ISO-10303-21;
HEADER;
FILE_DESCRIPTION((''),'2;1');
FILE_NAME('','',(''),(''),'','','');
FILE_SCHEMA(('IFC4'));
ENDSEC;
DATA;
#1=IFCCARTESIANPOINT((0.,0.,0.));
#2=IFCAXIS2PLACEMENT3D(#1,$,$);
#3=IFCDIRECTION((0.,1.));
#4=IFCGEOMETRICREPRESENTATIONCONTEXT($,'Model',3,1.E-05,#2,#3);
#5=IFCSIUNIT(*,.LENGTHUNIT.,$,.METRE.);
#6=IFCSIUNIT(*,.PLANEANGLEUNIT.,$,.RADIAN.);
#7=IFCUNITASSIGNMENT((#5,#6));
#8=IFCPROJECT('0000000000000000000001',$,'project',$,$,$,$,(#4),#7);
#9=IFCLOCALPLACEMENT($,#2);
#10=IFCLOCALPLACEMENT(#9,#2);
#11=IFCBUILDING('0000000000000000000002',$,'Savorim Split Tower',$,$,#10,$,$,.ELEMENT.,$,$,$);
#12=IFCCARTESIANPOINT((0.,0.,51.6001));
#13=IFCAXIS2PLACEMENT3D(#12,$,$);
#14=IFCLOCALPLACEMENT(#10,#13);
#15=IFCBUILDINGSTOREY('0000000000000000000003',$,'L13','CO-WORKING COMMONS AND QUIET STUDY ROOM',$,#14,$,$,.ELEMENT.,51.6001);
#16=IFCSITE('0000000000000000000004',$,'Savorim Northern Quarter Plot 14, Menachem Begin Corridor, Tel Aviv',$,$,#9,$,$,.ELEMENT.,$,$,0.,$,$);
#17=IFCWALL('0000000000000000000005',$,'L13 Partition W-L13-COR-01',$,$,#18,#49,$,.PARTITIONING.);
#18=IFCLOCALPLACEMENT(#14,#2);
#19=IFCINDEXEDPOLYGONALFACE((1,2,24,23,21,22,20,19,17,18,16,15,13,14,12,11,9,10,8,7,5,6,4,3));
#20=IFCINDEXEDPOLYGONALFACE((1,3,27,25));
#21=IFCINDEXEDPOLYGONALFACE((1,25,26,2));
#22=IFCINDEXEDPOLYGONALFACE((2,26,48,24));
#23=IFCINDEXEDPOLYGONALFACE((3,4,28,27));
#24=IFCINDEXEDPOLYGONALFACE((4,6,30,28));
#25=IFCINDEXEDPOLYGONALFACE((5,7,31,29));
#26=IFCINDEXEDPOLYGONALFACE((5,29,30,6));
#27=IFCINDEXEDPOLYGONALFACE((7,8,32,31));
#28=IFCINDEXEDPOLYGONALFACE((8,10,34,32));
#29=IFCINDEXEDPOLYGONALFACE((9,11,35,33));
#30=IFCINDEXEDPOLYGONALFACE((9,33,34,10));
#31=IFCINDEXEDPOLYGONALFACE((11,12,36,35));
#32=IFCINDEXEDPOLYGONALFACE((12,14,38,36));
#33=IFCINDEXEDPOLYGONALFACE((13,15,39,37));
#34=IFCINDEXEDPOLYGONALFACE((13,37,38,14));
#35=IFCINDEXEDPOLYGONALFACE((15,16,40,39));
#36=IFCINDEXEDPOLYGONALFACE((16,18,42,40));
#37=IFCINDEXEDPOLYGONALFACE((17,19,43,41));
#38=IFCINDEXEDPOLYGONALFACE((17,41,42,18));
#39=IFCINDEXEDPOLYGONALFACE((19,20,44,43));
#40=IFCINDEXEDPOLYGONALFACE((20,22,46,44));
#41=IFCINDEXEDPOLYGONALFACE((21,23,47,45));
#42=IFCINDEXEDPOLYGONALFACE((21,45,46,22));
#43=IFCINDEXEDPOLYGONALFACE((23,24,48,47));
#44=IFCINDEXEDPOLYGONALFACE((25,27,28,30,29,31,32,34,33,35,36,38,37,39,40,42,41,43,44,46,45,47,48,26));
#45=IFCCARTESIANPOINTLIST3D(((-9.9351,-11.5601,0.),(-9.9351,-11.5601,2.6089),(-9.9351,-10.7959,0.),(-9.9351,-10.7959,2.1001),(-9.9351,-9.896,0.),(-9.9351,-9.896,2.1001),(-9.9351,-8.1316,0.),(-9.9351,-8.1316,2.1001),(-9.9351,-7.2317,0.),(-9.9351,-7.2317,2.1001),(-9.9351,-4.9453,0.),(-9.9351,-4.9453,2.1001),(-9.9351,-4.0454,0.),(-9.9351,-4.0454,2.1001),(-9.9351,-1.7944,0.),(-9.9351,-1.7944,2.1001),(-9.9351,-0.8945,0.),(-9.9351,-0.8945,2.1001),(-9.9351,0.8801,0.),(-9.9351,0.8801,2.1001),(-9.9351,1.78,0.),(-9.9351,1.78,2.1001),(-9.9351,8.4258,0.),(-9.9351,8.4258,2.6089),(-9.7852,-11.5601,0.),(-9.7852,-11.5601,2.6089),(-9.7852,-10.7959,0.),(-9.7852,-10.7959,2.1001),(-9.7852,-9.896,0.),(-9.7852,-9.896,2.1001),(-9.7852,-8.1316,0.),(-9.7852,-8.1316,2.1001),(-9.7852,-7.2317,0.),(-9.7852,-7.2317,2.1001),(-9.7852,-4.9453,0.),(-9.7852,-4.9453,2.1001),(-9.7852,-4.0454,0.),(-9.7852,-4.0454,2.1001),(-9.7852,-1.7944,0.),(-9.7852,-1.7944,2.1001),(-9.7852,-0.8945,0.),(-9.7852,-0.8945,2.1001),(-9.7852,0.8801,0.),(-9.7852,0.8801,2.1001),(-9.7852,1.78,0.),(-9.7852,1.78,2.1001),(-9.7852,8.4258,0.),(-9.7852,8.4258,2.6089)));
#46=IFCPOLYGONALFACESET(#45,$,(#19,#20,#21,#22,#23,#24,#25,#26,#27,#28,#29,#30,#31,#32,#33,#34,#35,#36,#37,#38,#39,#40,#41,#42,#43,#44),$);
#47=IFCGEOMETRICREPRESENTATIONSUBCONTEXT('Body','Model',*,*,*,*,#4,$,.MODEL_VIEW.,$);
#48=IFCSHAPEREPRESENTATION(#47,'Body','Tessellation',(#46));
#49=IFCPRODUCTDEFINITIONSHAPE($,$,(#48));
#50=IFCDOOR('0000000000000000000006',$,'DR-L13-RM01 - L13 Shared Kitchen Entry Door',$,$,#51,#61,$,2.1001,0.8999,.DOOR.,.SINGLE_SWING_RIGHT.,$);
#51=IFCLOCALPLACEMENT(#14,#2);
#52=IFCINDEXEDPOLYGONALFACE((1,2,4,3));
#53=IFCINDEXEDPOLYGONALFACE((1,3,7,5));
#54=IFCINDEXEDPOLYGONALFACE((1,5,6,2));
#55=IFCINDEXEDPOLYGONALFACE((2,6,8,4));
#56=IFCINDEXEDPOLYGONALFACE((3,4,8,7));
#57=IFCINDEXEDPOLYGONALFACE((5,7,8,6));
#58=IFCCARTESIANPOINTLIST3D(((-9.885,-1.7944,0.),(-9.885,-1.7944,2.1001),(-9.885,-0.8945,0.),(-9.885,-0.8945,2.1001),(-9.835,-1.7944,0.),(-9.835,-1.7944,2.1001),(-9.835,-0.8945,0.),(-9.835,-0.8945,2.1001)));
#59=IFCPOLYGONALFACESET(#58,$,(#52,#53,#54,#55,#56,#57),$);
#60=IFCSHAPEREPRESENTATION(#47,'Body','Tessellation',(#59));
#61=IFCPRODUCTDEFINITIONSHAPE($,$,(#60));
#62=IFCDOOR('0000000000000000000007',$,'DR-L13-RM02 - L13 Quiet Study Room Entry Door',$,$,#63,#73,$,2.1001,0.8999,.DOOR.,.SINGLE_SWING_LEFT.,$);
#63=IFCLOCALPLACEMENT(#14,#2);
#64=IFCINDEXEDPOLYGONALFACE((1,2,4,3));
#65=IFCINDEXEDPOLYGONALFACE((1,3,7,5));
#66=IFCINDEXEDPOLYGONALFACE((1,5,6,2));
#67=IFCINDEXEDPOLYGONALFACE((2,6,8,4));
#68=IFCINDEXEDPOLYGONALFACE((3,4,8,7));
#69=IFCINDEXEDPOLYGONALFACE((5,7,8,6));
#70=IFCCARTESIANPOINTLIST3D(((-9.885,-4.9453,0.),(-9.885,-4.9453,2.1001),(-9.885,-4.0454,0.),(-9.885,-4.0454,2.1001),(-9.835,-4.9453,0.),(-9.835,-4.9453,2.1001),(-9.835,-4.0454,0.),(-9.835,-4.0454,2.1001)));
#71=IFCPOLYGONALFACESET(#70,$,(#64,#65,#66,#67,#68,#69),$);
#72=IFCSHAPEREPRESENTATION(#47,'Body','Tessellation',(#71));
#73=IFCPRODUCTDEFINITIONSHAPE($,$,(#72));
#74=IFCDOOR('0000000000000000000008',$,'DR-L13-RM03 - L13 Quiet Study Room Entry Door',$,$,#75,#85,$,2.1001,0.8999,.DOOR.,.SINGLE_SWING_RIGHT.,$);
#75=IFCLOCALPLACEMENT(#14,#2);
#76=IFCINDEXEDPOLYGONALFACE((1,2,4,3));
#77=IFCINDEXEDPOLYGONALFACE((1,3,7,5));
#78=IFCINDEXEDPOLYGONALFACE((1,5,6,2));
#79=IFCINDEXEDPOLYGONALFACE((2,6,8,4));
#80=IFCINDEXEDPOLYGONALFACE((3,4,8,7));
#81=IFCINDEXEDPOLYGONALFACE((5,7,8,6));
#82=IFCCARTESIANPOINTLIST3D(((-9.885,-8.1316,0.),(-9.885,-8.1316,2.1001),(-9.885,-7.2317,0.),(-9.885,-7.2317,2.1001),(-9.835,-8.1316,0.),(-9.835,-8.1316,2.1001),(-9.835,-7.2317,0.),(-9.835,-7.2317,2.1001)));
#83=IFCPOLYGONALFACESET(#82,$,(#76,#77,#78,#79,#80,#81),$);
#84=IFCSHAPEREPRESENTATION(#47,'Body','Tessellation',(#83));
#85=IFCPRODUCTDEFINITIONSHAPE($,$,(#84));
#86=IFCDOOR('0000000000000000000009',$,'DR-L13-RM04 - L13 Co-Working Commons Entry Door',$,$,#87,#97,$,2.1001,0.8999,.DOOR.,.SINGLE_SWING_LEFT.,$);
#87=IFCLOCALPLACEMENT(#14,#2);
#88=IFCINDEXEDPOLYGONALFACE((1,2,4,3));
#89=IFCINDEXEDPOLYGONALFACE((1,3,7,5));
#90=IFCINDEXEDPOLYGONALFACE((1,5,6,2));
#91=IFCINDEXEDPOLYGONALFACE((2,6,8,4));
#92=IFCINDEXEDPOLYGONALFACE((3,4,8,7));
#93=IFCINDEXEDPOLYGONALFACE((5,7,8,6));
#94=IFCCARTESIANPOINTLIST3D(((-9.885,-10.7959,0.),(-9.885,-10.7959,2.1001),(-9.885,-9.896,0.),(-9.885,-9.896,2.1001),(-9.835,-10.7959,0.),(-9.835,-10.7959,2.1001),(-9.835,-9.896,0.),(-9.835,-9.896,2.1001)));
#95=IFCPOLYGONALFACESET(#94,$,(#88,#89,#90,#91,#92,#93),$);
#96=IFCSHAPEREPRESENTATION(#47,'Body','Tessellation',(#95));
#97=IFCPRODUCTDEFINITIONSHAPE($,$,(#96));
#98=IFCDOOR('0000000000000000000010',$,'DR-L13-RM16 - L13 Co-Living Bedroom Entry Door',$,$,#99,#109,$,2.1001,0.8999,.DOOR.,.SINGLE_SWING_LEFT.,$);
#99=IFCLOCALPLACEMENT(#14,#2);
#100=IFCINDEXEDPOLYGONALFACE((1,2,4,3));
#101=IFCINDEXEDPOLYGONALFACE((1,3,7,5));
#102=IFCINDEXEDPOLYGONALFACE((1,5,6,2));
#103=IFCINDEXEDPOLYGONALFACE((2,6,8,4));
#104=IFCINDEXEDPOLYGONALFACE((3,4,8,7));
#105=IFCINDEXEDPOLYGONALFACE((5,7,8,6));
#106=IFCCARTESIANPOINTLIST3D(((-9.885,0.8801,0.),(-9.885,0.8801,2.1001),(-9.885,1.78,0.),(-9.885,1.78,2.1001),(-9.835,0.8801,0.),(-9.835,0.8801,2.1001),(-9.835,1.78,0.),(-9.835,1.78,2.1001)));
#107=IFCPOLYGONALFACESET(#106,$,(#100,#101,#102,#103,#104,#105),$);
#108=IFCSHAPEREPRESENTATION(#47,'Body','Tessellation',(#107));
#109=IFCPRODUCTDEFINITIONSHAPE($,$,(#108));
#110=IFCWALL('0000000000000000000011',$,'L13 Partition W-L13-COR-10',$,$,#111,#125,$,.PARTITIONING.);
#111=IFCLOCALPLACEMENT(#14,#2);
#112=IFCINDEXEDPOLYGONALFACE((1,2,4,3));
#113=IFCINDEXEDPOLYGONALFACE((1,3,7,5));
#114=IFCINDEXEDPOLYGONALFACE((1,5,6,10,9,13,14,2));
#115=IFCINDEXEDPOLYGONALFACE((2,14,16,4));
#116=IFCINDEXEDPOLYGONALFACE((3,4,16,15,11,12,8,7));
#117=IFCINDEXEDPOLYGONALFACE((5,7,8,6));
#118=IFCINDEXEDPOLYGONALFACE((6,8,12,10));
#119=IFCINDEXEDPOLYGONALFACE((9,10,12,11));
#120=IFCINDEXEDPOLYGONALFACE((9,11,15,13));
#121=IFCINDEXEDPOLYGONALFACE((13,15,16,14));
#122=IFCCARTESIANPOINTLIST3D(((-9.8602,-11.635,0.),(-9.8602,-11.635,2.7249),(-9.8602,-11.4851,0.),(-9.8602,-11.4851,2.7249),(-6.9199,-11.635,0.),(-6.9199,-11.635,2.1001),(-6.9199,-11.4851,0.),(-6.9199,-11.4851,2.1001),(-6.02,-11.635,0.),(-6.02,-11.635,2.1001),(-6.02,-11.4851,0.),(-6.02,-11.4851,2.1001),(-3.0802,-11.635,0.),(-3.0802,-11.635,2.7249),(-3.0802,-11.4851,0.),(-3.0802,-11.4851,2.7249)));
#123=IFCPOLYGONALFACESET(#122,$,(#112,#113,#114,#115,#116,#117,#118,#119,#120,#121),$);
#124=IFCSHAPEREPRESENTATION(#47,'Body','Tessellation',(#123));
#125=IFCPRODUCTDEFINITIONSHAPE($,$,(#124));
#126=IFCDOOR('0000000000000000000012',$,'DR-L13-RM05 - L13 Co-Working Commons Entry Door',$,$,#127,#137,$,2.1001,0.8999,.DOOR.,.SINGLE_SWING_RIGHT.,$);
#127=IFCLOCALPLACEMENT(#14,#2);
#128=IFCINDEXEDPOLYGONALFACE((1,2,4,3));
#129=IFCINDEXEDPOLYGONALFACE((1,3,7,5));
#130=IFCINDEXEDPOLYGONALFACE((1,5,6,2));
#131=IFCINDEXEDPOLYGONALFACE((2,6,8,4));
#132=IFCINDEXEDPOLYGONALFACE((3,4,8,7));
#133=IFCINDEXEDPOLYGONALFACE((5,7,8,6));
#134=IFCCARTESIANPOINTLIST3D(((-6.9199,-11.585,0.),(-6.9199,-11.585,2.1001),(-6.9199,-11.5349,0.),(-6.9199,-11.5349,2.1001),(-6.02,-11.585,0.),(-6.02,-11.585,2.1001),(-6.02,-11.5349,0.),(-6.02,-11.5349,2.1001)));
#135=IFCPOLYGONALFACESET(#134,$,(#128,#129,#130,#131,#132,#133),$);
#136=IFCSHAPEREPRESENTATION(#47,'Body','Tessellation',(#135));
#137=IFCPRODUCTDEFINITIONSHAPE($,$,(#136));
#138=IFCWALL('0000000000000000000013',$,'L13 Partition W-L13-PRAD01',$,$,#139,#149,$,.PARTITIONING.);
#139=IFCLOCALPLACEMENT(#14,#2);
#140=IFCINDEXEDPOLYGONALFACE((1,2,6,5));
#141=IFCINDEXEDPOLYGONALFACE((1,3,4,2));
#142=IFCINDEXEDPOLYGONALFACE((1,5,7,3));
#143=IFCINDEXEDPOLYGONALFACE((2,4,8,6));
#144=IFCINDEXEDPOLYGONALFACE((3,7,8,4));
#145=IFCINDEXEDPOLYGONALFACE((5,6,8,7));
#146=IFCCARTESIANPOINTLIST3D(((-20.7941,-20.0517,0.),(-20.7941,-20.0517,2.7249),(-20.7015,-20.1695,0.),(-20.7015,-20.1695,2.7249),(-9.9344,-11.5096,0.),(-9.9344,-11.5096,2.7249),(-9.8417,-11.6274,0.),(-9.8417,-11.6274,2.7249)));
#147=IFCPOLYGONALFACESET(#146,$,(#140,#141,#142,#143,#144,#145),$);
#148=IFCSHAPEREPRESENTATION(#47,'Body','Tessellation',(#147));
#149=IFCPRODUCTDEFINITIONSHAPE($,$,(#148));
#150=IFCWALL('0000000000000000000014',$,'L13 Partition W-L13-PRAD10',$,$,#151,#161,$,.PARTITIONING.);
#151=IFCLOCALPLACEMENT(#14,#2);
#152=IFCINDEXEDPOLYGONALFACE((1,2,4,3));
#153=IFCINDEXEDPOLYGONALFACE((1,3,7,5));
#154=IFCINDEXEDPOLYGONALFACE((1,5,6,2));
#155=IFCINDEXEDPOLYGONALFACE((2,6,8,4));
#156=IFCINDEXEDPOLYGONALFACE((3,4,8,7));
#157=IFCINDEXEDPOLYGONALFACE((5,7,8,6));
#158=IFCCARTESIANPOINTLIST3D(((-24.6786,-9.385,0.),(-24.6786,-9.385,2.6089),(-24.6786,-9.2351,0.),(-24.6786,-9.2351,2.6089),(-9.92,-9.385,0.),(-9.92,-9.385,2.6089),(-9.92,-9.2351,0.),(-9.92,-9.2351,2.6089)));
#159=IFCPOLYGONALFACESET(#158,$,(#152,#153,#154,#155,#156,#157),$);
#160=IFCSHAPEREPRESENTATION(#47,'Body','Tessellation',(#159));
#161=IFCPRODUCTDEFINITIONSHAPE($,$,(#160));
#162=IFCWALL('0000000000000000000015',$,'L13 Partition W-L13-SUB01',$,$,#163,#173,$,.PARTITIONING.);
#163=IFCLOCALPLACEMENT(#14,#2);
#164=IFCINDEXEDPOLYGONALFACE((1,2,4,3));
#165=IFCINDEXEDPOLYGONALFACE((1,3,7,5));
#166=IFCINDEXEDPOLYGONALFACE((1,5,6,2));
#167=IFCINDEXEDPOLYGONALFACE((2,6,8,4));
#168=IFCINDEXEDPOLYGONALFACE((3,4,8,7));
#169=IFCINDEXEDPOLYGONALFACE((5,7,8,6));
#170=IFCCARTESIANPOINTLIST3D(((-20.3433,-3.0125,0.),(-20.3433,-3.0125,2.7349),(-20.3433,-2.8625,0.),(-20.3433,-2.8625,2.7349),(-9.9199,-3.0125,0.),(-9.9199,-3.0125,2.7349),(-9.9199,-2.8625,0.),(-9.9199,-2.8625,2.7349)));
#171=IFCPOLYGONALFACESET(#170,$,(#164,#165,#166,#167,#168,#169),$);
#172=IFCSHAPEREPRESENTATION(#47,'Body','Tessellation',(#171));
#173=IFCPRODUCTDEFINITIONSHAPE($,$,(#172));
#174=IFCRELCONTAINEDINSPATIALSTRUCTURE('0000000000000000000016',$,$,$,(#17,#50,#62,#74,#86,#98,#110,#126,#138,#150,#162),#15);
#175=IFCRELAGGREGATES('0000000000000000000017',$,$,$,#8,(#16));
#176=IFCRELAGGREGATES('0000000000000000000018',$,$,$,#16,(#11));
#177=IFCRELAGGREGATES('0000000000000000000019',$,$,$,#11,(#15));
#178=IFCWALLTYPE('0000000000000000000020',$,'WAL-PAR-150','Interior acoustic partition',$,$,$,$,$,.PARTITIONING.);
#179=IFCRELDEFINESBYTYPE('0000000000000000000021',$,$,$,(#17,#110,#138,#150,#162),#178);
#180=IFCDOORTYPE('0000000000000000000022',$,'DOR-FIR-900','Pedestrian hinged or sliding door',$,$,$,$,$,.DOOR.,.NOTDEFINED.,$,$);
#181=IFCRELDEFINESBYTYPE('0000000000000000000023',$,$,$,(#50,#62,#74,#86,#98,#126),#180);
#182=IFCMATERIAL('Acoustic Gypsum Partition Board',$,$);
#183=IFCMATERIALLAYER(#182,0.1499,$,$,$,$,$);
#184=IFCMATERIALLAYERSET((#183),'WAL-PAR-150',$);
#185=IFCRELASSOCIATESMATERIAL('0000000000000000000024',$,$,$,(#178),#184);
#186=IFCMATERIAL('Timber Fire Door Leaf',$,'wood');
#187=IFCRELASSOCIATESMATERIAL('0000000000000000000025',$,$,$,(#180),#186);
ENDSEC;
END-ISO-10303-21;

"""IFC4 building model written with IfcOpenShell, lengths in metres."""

from ifc_helpers import new_model, si_unit, direction, frame, frame_2d, origin, place, context, subcontext, project, spatial, rectangle, extrude, material, layer, layer_set, type_object, element, fill, save


model = new_model("IFC4")

# Units and contexts
model_context = context("Model", 3, precision=1e-05, world=origin(), true_north=direction((0.0, 1.0)))
body_context = subcontext(model_context, "Body", "Model", "MODEL_VIEW")
ifc_project = project(units=[si_unit("LENGTHUNIT", "METRE"), si_unit("PLANEANGLEUNIT", "RADIAN")], contexts=[model_context])

# Site, building, storey
site_placement = place(None, origin())
site = spatial("IfcSite", under=ifc_project, at=site_placement, Name="Savorim Northern Quarter Plot 14, Menachem Begin Corridor, Tel Aviv", CompositionType="ELEMENT", RefElevation=0.0)
building_placement = place(site_placement, origin())
building = spatial("IfcBuilding", under=site, at=building_placement, Name="Savorim Split Tower", CompositionType="ELEMENT")
storey_placement = place(building_placement, frame((0.0, 0.0, 51.6001)))
storey = spatial("IfcBuildingStorey", under=building, at=storey_placement, Name="L13", Description="CO-WORKING COMMONS AND QUIET STUDY ROOM", CompositionType="ELEMENT", Elevation=51.6001)

# Shared definitions
ifc_material_1 = material(Name="Timber Fire Door Leaf", Category="wood")

# Shared definitions
ifc_material_2 = material(Name="Acoustic Gypsum Partition Board")
ifc_layer_1 = layer(ifc_material_2, 0.1499)
ifc_layer_set_1 = layer_set([ifc_layer_1], Name="WAL-PAR-150")
wall_type_1 = type_object("IfcWallType", Name="WAL-PAR-150", Description="Interior acoustic partition", PredefinedType="PARTITIONING", material=ifc_layer_set_1)

# Wall, openings, doors
wall_1_placement = place(storey_placement, frame((-9.8601, -11.5601, 0.0), z_axis=(0.0, 0.0, 1.0), x_axis=(0.0, 1.0, 0.0)))
wall_1 = element("IfcWall", 1, at=wall_1_placement, inside=storey, type_object=wall_type_1, Name="L13 Partition W-L13-COR-01", PredefinedType="PARTITIONING", context=body_context, shape_type="SweptSolid", body=[
    extrude(rectangle(XDim=19.9858, YDim=0.1499, at=frame_2d((9.9929, 0.0))), origin(), (0.0, 0.0, 1.0), 2.6089),
])
opening_1_placement = place(wall_1_placement, frame((9.7656, 0.0, 0.0)))
opening_1 = element("IfcOpeningElement", 2, at=opening_1_placement, cuts=wall_1, PredefinedType="OPENING", context=body_context, shape_type="SweptSolid", body=[
    extrude(rectangle(XDim=0.8999, YDim=2.1001, at=frame_2d((0.45, 1.05))), frame((0.0, 0.085, 0.0), z_axis=(0.0, -1.0, 0.0), x_axis=(1.0, 0.0, 0.0)), (0.0, 0.0, 1.0), 0.1699),
])
opening_2_placement = place(wall_1_placement, frame((6.6147, 0.0, 0.0)))
opening_2 = element("IfcOpeningElement", 3, at=opening_2_placement, cuts=wall_1, PredefinedType="OPENING", context=body_context, shape_type="SweptSolid", body=[
    extrude(rectangle(XDim=0.8999, YDim=2.1001, at=frame_2d((0.45, 1.05))), frame((0.0, 0.085, 0.0), z_axis=(0.0, -1.0, 0.0), x_axis=(1.0, 0.0, 0.0)), (0.0, 0.0, 1.0), 0.1699),
])
opening_3_placement = place(wall_1_placement, frame((3.4285, 0.0, 0.0)))
opening_3 = element("IfcOpeningElement", 4, at=opening_3_placement, cuts=wall_1, PredefinedType="OPENING", context=body_context, shape_type="SweptSolid", body=[
    extrude(rectangle(XDim=0.8999, YDim=2.1001, at=frame_2d((0.45, 1.05))), frame((0.0, 0.085, 0.0), z_axis=(0.0, -1.0, 0.0), x_axis=(1.0, 0.0, 0.0)), (0.0, 0.0, 1.0), 0.1699),
])
opening_4_placement = place(wall_1_placement, frame((0.7642, 0.0, 0.0)))
opening_4 = element("IfcOpeningElement", 5, at=opening_4_placement, cuts=wall_1, PredefinedType="OPENING", context=body_context, shape_type="SweptSolid", body=[
    extrude(rectangle(XDim=0.8999, YDim=2.1001, at=frame_2d((0.45, 1.05))), frame((0.0, 0.085, 0.0), z_axis=(0.0, -1.0, 0.0), x_axis=(1.0, 0.0, 0.0)), (0.0, 0.0, 1.0), 0.1699),
])
opening_5_placement = place(wall_1_placement, frame((12.4402, 0.0, 0.0)))
opening_5 = element("IfcOpeningElement", 6, at=opening_5_placement, cuts=wall_1, PredefinedType="OPENING", context=body_context, shape_type="SweptSolid", body=[
    extrude(rectangle(XDim=0.8999, YDim=2.1001, at=frame_2d((0.45, 1.05))), frame((0.0, 0.085, 0.0), z_axis=(0.0, -1.0, 0.0), x_axis=(1.0, 0.0, 0.0)), (0.0, 0.0, 1.0), 0.1699),
])
door_type_1 = type_object("IfcDoorType", Name="DOR-FIR-900", Description="Pedestrian hinged or sliding door", OperationType="NOTDEFINED", PredefinedType="DOOR", material=ifc_material_1)
door_1_placement = place(opening_1_placement, origin())
door_1 = element("IfcDoor", 7, at=door_1_placement, inside=storey, type_object=door_type_1, Name="DR-L13-RM01 - L13 Shared Kitchen Entry Door", OperationType="SINGLE_SWING_RIGHT", OverallHeight=2.1001, OverallWidth=0.8999, PredefinedType="DOOR", context=body_context, shape_type="SweptSolid", body=[
    extrude(rectangle(XDim=0.8999, YDim=2.1001, at=frame_2d((0.45, 1.05))), frame((0.0, 0.0249, 0.0), z_axis=(0.0, -1.0, 0.0), x_axis=(1.0, 0.0, 0.0)), (0.0, 0.0, 1.0), 0.05),
])
fill(opening_1, door_1)
door_2_placement = place(opening_2_placement, origin())
door_2 = element("IfcDoor", 8, at=door_2_placement, inside=storey, type_object=door_type_1, Name="DR-L13-RM02 - L13 Quiet Study Room Entry Door", OperationType="SINGLE_SWING_LEFT", OverallHeight=2.1001, OverallWidth=0.8999, PredefinedType="DOOR", context=body_context, shape_type="SweptSolid", body=[
    extrude(rectangle(XDim=0.8999, YDim=2.1001, at=frame_2d((0.45, 1.05))), frame((0.0, 0.0249, 0.0), z_axis=(0.0, -1.0, 0.0), x_axis=(1.0, 0.0, 0.0)), (0.0, 0.0, 1.0), 0.05),
])
fill(opening_2, door_2)
door_3_placement = place(opening_3_placement, origin())
door_3 = element("IfcDoor", 9, at=door_3_placement, inside=storey, type_object=door_type_1, Name="DR-L13-RM03 - L13 Quiet Study Room Entry Door", OperationType="SINGLE_SWING_RIGHT", OverallHeight=2.1001, OverallWidth=0.8999, PredefinedType="DOOR", context=body_context, shape_type="SweptSolid", body=[
    extrude(rectangle(XDim=0.8999, YDim=2.1001, at=frame_2d((0.45, 1.05))), frame((0.0, 0.0249, 0.0), z_axis=(0.0, -1.0, 0.0), x_axis=(1.0, 0.0, 0.0)), (0.0, 0.0, 1.0), 0.05),
])
fill(opening_3, door_3)
door_4_placement = place(opening_4_placement, origin())
door_4 = element("IfcDoor", 10, at=door_4_placement, inside=storey, type_object=door_type_1, Name="DR-L13-RM04 - L13 Co-Working Commons Entry Door", OperationType="SINGLE_SWING_LEFT", OverallHeight=2.1001, OverallWidth=0.8999, PredefinedType="DOOR", context=body_context, shape_type="SweptSolid", body=[
    extrude(rectangle(XDim=0.8999, YDim=2.1001, at=frame_2d((0.45, 1.05))), frame((0.0, 0.0249, 0.0), z_axis=(0.0, -1.0, 0.0), x_axis=(1.0, 0.0, 0.0)), (0.0, 0.0, 1.0), 0.05),
])
fill(opening_4, door_4)
door_5_placement = place(opening_5_placement, origin())
door_5 = element("IfcDoor", 11, at=door_5_placement, inside=storey, type_object=door_type_1, Name="DR-L13-RM16 - L13 Co-Living Bedroom Entry Door", OperationType="SINGLE_SWING_LEFT", OverallHeight=2.1001, OverallWidth=0.8999, PredefinedType="DOOR", context=body_context, shape_type="SweptSolid", body=[
    extrude(rectangle(XDim=0.8999, YDim=2.1001, at=frame_2d((0.45, 1.05))), frame((0.0, 0.0249, 0.0), z_axis=(0.0, -1.0, 0.0), x_axis=(1.0, 0.0, 0.0)), (0.0, 0.0, 1.0), 0.05),
])
fill(opening_5, door_5)

# Wall, opening, door
wall_2_placement = place(storey_placement, frame((-3.0801, -11.5601, 0.0), z_axis=(0.0, 0.0, 1.0), x_axis=(-1.0, 0.0, 0.0)))
wall_2 = element("IfcWall", 12, at=wall_2_placement, inside=storey, type_object=wall_type_1, Name="L13 Partition W-L13-COR-10", PredefinedType="PARTITIONING", context=body_context, shape_type="SweptSolid", body=[
    extrude(rectangle(XDim=6.78, YDim=0.1499, at=frame_2d((3.3901, 0.0))), origin(), (0.0, 0.0, 1.0), 2.7249),
])
opening_6_placement = place(wall_2_placement, frame((2.9399, 0.0, 0.0)))
opening_6 = element("IfcOpeningElement", 13, at=opening_6_placement, cuts=wall_2, PredefinedType="OPENING", context=body_context, shape_type="SweptSolid", body=[
    extrude(rectangle(XDim=0.8999, YDim=2.1001, at=frame_2d((0.45, 1.05))), frame((0.0, 0.085, 0.0), z_axis=(0.0, -1.0, 0.0), x_axis=(1.0, 0.0, 0.0)), (0.0, 0.0, 1.0), 0.1699),
])
door_6_placement = place(opening_6_placement, origin())
door_6 = element("IfcDoor", 14, at=door_6_placement, inside=storey, type_object=door_type_1, Name="DR-L13-RM05 - L13 Co-Working Commons Entry Door", OperationType="SINGLE_SWING_RIGHT", OverallHeight=2.1001, OverallWidth=0.8999, PredefinedType="DOOR", context=body_context, shape_type="SweptSolid", body=[
    extrude(rectangle(XDim=0.8999, YDim=2.1001, at=frame_2d((0.45, 1.05))), frame((0.0, 0.0249, 0.0), z_axis=(0.0, -1.0, 0.0), x_axis=(1.0, 0.0, 0.0)), (0.0, 0.0, 1.0), 0.05),
])
fill(opening_6, door_6)

# Walls
wall_3_placement = place(storey_placement, frame((-9.8882, -11.5686, 0.0), z_axis=(0.0, 0.0, 1.0), x_axis=(-0.785987, -0.618244, 0.0)))
element("IfcWall", 15, at=wall_3_placement, inside=storey, type_object=wall_type_1, Name="L13 Partition W-L13-PRAD01", PredefinedType="PARTITIONING", context=body_context, shape_type="SweptSolid", body=[
    extrude(rectangle(XDim=13.8167, YDim=0.1499, at=frame_2d((6.9082, 0.0))), origin(), (0.0, 0.0, 1.0), 2.7249),
])
wall_4_placement = place(storey_placement, frame((-9.9199, -9.3101, 0.0), z_axis=(0.0, 0.0, 1.0), x_axis=(-1.0, 0.0, 0.0)))
element("IfcWall", 16, at=wall_4_placement, inside=storey, type_object=wall_type_1, Name="L13 Partition W-L13-PRAD10", PredefinedType="PARTITIONING", context=body_context, shape_type="SweptSolid", body=[
    extrude(rectangle(XDim=14.7585, YDim=0.1499, at=frame_2d((7.3794, 0.0))), origin(), (0.0, 0.0, 1.0), 2.6089),
])
wall_5_placement = place(storey_placement, frame((-9.9199, -2.9375, 0.0), z_axis=(0.0, 0.0, 1.0), x_axis=(-1.0, 0.0, 0.0)))
element("IfcWall", 17, at=wall_5_placement, inside=storey, type_object=wall_type_1, Name="L13 Partition W-L13-SUB01", PredefinedType="PARTITIONING", context=body_context, shape_type="SweptSolid", body=[
    extrude(rectangle(XDim=10.4233, YDim=0.1499, at=frame_2d((5.2117, 0.0))), origin(), (0.0, 0.0, 1.0), 2.7349),
])

save(model, "model.ifc")
